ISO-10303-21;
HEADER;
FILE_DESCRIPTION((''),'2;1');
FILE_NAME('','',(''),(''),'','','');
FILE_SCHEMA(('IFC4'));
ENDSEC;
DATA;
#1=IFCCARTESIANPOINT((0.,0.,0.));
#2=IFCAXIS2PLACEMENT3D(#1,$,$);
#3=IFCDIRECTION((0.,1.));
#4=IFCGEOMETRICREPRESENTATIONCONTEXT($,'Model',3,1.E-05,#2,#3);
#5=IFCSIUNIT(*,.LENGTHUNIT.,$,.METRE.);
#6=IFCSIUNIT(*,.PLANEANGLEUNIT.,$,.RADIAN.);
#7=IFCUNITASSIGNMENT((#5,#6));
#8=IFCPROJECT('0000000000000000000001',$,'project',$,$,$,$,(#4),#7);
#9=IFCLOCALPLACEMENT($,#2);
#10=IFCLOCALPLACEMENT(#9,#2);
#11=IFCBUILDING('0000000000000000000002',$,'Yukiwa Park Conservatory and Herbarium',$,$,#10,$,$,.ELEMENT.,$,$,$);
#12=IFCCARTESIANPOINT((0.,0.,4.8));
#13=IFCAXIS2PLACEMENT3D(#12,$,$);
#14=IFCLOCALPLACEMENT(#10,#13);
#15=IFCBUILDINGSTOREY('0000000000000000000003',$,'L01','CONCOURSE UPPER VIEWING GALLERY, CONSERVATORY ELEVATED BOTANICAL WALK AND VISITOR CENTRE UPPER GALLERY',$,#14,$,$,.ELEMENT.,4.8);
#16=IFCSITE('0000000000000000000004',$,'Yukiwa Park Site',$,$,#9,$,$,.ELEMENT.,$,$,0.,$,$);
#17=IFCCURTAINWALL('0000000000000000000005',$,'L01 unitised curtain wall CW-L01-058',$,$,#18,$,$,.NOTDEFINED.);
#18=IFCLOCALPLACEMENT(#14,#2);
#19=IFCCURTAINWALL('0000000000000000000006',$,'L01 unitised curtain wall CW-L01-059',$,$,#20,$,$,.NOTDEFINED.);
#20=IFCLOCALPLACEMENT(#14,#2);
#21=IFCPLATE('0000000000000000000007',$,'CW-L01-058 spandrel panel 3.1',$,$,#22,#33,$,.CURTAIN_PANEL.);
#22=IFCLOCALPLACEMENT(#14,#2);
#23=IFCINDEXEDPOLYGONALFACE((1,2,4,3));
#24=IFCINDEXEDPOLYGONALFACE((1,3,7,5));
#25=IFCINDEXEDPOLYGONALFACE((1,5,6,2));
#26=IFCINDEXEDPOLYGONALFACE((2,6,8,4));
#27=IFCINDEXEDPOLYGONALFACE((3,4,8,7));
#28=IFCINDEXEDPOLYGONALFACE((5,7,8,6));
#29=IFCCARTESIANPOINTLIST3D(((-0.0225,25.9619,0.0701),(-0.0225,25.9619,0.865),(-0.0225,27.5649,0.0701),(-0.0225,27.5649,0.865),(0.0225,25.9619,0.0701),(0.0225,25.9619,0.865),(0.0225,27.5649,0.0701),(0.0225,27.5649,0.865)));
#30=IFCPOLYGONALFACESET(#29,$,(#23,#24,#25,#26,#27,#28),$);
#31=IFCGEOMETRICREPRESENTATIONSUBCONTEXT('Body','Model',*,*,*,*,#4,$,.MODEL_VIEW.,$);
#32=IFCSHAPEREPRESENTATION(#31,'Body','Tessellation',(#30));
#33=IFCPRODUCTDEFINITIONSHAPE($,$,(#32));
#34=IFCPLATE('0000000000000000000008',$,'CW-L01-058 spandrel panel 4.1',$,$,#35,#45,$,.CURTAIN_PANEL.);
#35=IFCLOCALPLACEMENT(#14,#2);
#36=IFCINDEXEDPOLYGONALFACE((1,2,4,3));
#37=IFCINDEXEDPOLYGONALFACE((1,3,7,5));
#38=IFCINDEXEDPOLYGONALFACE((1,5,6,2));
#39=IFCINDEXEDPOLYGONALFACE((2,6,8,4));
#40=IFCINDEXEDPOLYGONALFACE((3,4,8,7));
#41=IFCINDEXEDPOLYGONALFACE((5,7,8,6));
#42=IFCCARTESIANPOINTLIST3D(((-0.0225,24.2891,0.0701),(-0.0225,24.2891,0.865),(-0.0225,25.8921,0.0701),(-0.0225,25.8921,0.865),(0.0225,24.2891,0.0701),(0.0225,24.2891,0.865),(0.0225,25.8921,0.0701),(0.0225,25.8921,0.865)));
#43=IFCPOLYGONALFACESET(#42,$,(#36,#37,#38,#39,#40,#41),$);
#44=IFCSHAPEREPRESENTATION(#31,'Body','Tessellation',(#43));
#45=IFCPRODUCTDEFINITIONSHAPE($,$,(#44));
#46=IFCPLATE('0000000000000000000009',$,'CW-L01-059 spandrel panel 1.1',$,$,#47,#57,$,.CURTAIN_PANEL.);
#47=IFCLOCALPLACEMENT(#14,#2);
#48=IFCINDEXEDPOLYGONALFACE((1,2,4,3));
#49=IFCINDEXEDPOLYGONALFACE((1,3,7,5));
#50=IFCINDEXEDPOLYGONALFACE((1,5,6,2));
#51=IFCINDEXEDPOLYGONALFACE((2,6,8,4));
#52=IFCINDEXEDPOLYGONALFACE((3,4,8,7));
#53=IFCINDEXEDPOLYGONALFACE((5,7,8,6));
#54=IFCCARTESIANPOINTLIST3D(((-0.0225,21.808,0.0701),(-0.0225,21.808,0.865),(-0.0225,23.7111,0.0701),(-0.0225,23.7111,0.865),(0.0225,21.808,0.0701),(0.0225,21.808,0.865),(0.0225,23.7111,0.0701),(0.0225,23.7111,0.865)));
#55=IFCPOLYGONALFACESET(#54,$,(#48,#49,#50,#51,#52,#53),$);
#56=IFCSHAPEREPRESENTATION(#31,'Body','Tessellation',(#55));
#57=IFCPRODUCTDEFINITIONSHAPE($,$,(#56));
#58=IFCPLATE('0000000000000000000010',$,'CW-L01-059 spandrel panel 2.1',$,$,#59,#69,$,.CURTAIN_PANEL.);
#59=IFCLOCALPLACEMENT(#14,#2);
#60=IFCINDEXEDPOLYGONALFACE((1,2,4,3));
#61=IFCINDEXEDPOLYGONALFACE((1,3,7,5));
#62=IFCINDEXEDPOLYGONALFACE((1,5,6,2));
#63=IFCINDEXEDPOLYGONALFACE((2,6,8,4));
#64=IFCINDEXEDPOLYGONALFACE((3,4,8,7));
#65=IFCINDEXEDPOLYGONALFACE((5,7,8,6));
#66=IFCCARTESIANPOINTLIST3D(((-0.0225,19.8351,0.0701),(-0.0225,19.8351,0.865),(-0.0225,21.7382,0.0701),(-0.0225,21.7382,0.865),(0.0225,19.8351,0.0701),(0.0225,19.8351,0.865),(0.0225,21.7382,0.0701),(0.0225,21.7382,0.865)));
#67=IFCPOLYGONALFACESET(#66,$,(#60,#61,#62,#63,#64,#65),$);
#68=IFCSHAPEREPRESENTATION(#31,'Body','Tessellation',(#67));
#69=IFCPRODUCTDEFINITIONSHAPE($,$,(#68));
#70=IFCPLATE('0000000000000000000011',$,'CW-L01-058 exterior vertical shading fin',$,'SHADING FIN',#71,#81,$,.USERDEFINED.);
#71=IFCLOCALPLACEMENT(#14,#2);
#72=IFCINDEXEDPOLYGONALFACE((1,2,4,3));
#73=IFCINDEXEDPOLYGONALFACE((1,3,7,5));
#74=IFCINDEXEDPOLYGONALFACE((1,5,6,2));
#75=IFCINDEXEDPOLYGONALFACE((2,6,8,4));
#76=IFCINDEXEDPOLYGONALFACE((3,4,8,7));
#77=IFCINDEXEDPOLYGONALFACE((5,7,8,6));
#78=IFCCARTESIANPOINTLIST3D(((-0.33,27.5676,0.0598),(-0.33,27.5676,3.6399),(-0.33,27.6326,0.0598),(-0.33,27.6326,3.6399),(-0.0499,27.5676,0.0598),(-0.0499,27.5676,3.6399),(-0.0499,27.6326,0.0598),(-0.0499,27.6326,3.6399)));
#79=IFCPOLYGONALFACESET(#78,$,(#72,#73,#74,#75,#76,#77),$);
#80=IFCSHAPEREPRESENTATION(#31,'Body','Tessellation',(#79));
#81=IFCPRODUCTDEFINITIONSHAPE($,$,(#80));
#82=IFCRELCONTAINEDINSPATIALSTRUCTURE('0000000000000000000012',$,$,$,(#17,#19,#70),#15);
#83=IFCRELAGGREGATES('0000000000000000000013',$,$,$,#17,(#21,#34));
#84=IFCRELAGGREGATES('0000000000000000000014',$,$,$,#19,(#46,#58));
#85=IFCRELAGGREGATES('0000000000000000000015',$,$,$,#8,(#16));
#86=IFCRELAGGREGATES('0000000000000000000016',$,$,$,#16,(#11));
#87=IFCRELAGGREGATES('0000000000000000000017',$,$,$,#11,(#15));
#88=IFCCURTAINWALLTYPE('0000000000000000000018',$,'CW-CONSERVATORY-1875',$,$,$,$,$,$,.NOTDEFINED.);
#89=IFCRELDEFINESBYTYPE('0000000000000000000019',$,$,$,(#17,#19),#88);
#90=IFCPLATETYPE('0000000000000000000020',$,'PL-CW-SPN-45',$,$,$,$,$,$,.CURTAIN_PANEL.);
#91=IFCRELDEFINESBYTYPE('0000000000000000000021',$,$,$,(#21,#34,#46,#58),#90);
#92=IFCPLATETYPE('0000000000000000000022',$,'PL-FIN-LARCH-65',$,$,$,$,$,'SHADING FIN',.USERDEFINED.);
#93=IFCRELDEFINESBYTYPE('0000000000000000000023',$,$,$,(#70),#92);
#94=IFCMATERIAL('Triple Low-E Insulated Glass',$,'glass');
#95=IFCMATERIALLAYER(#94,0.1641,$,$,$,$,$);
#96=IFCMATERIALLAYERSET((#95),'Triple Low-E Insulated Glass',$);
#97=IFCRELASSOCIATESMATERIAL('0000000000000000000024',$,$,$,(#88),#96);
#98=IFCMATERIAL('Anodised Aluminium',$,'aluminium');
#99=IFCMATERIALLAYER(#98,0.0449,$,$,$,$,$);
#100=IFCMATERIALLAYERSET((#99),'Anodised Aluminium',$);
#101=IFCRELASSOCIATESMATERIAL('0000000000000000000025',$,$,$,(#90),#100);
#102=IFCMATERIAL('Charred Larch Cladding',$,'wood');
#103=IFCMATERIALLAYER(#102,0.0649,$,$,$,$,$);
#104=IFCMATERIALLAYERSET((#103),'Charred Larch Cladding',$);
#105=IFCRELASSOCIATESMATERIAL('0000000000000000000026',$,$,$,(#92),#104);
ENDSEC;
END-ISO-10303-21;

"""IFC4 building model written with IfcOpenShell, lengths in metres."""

from ifc_helpers import new_model, si_unit, direction, frame, origin, origin_2d, place, context, subcontext, project, spatial, rectangle, extrude, material, layer, layer_set, type_object, element, aggregate, save


model = new_model("IFC4")

# Units and contexts
model_context = context("Model", 3, precision=1e-05, world=origin(), true_north=direction((0.0, 1.0)))
body_context = subcontext(model_context, "Body", "Model", "MODEL_VIEW")
ifc_project = project(units=[si_unit("LENGTHUNIT", "METRE"), si_unit("PLANEANGLEUNIT", "RADIAN")], contexts=[model_context])

# Site, building, storey
site_placement = place(None, origin())
site = spatial("IfcSite", under=ifc_project, at=site_placement, Name="Yukiwa Park Site", CompositionType="ELEMENT", RefElevation=0.0)
building_placement = place(site_placement, origin())
building = spatial("IfcBuilding", under=site, at=building_placement, Name="Yukiwa Park Conservatory and Herbarium", CompositionType="ELEMENT")
storey_placement = place(building_placement, frame((0.0, 0.0, 4.8)))
storey = spatial("IfcBuildingStorey", under=building, at=storey_placement, Name="L01", Description="CONCOURSE UPPER VIEWING GALLERY, CONSERVATORY ELEVATED BOTANICAL WALK AND VISITOR CENTRE UPPER GALLERY", CompositionType="ELEMENT", Elevation=4.8)

# Curtain walls
ifc_material_1 = material(Name="Triple Low-E Insulated Glass", Category="glass")
ifc_layer_1 = layer(ifc_material_1, 0.1641)
ifc_layer_set_1 = layer_set([ifc_layer_1], Name="Triple Low-E Insulated Glass")
curtain_wall_type = type_object("IfcCurtainWallType", Name="CW-CONSERVATORY-1875", PredefinedType="NOTDEFINED", material=ifc_layer_set_1)
curtain_wall_1_placement = place(storey_placement, origin())
curtain_wall_1 = element("IfcCurtainWall", 1, at=curtain_wall_1_placement, inside=storey, type_object=curtain_wall_type, Name="L01 unitised curtain wall CW-L01-058", PredefinedType="NOTDEFINED")
curtain_wall_2_placement = place(storey_placement, origin())
curtain_wall_2 = element("IfcCurtainWall", 2, at=curtain_wall_2_placement, inside=storey, type_object=curtain_wall_type, Name="L01 unitised curtain wall CW-L01-059", PredefinedType="NOTDEFINED")

# Plates
ifc_material_2 = material(Name="Anodised Aluminium", Category="aluminium")
ifc_layer_2 = layer(ifc_material_2, 0.0449)
ifc_layer_set_2 = layer_set([ifc_layer_2], Name="Anodised Aluminium")
plate_type_1 = type_object("IfcPlateType", Name="PL-CW-SPN-45", PredefinedType="CURTAIN_PANEL", material=ifc_layer_set_2)
plate_1_placement = place(storey_placement, frame((0.0, 26.7634, 0.0701), z_axis=(0.0, 0.0, 1.0), x_axis=(0.0, -1.0, 0.0)))
plate_1 = element("IfcPlate", 3, at=plate_1_placement, type_object=plate_type_1, Name="CW-L01-058 spandrel panel 3.1", PredefinedType="CURTAIN_PANEL", context=body_context, shape_type="SweptSolid", body=[
    extrude(rectangle(XDim=1.603, YDim=0.0449, at=origin_2d()), origin(), (0.0, 0.0, 1.0), 0.7949),
])
plate_2_placement = place(storey_placement, frame((0.0, 25.0906, 0.0701), z_axis=(0.0, 0.0, 1.0), x_axis=(0.0, -1.0, 0.0)))
plate_2 = element("IfcPlate", 4, at=plate_2_placement, type_object=plate_type_1, Name="CW-L01-058 spandrel panel 4.1", PredefinedType="CURTAIN_PANEL", context=body_context, shape_type="SweptSolid", body=[
    extrude(rectangle(XDim=1.603, YDim=0.0449, at=origin_2d()), origin(), (0.0, 0.0, 1.0), 0.7949),
])
aggregate(curtain_wall_1, [plate_1, plate_2])
plate_3_placement = place(storey_placement, frame((0.0, 22.7595, 0.0701), z_axis=(0.0, 0.0, 1.0), x_axis=(0.0, -1.0, 0.0)))
plate_3 = element("IfcPlate", 5, at=plate_3_placement, type_object=plate_type_1, Name="CW-L01-059 spandrel panel 1.1", PredefinedType="CURTAIN_PANEL", context=body_context, shape_type="SweptSolid", body=[
    extrude(rectangle(XDim=1.9031, YDim=0.0449, at=origin_2d()), origin(), (0.0, 0.0, 1.0), 0.7949),
])
plate_4_placement = place(storey_placement, frame((0.0, 20.7866, 0.0701), z_axis=(0.0, 0.0, 1.0), x_axis=(0.0, -1.0, 0.0)))
plate_4 = element("IfcPlate", 6, at=plate_4_placement, type_object=plate_type_1, Name="CW-L01-059 spandrel panel 2.1", PredefinedType="CURTAIN_PANEL", context=body_context, shape_type="SweptSolid", body=[
    extrude(rectangle(XDim=1.9031, YDim=0.0449, at=origin_2d()), origin(), (0.0, 0.0, 1.0), 0.7949),
])
aggregate(curtain_wall_2, [plate_3, plate_4])
ifc_material_3 = material(Name="Charred Larch Cladding", Category="wood")
ifc_layer_3 = layer(ifc_material_3, 0.0649)
ifc_layer_set_3 = layer_set([ifc_layer_3], Name="Charred Larch Cladding")
plate_type_2 = type_object("IfcPlateType", Name="PL-FIN-LARCH-65", ElementType="SHADING FIN", PredefinedType="USERDEFINED", material=ifc_layer_set_3)
plate_5_placement = place(storey_placement, frame((-0.1899, 27.6001, 0.0598), z_axis=(0.0, 0.0, 1.0), x_axis=(0.0, -1.0, 0.0)))
element("IfcPlate", 7, at=plate_5_placement, inside=storey, type_object=plate_type_2, Name="CW-L01-058 exterior vertical shading fin", ObjectType="SHADING FIN", PredefinedType="USERDEFINED", context=body_context, shape_type="SweptSolid", body=[
    extrude(rectangle(XDim=0.0649, YDim=0.28, at=origin_2d()), origin(), (0.0, 0.0, 1.0), 3.5801),
])

save(model, "model.ifc")
